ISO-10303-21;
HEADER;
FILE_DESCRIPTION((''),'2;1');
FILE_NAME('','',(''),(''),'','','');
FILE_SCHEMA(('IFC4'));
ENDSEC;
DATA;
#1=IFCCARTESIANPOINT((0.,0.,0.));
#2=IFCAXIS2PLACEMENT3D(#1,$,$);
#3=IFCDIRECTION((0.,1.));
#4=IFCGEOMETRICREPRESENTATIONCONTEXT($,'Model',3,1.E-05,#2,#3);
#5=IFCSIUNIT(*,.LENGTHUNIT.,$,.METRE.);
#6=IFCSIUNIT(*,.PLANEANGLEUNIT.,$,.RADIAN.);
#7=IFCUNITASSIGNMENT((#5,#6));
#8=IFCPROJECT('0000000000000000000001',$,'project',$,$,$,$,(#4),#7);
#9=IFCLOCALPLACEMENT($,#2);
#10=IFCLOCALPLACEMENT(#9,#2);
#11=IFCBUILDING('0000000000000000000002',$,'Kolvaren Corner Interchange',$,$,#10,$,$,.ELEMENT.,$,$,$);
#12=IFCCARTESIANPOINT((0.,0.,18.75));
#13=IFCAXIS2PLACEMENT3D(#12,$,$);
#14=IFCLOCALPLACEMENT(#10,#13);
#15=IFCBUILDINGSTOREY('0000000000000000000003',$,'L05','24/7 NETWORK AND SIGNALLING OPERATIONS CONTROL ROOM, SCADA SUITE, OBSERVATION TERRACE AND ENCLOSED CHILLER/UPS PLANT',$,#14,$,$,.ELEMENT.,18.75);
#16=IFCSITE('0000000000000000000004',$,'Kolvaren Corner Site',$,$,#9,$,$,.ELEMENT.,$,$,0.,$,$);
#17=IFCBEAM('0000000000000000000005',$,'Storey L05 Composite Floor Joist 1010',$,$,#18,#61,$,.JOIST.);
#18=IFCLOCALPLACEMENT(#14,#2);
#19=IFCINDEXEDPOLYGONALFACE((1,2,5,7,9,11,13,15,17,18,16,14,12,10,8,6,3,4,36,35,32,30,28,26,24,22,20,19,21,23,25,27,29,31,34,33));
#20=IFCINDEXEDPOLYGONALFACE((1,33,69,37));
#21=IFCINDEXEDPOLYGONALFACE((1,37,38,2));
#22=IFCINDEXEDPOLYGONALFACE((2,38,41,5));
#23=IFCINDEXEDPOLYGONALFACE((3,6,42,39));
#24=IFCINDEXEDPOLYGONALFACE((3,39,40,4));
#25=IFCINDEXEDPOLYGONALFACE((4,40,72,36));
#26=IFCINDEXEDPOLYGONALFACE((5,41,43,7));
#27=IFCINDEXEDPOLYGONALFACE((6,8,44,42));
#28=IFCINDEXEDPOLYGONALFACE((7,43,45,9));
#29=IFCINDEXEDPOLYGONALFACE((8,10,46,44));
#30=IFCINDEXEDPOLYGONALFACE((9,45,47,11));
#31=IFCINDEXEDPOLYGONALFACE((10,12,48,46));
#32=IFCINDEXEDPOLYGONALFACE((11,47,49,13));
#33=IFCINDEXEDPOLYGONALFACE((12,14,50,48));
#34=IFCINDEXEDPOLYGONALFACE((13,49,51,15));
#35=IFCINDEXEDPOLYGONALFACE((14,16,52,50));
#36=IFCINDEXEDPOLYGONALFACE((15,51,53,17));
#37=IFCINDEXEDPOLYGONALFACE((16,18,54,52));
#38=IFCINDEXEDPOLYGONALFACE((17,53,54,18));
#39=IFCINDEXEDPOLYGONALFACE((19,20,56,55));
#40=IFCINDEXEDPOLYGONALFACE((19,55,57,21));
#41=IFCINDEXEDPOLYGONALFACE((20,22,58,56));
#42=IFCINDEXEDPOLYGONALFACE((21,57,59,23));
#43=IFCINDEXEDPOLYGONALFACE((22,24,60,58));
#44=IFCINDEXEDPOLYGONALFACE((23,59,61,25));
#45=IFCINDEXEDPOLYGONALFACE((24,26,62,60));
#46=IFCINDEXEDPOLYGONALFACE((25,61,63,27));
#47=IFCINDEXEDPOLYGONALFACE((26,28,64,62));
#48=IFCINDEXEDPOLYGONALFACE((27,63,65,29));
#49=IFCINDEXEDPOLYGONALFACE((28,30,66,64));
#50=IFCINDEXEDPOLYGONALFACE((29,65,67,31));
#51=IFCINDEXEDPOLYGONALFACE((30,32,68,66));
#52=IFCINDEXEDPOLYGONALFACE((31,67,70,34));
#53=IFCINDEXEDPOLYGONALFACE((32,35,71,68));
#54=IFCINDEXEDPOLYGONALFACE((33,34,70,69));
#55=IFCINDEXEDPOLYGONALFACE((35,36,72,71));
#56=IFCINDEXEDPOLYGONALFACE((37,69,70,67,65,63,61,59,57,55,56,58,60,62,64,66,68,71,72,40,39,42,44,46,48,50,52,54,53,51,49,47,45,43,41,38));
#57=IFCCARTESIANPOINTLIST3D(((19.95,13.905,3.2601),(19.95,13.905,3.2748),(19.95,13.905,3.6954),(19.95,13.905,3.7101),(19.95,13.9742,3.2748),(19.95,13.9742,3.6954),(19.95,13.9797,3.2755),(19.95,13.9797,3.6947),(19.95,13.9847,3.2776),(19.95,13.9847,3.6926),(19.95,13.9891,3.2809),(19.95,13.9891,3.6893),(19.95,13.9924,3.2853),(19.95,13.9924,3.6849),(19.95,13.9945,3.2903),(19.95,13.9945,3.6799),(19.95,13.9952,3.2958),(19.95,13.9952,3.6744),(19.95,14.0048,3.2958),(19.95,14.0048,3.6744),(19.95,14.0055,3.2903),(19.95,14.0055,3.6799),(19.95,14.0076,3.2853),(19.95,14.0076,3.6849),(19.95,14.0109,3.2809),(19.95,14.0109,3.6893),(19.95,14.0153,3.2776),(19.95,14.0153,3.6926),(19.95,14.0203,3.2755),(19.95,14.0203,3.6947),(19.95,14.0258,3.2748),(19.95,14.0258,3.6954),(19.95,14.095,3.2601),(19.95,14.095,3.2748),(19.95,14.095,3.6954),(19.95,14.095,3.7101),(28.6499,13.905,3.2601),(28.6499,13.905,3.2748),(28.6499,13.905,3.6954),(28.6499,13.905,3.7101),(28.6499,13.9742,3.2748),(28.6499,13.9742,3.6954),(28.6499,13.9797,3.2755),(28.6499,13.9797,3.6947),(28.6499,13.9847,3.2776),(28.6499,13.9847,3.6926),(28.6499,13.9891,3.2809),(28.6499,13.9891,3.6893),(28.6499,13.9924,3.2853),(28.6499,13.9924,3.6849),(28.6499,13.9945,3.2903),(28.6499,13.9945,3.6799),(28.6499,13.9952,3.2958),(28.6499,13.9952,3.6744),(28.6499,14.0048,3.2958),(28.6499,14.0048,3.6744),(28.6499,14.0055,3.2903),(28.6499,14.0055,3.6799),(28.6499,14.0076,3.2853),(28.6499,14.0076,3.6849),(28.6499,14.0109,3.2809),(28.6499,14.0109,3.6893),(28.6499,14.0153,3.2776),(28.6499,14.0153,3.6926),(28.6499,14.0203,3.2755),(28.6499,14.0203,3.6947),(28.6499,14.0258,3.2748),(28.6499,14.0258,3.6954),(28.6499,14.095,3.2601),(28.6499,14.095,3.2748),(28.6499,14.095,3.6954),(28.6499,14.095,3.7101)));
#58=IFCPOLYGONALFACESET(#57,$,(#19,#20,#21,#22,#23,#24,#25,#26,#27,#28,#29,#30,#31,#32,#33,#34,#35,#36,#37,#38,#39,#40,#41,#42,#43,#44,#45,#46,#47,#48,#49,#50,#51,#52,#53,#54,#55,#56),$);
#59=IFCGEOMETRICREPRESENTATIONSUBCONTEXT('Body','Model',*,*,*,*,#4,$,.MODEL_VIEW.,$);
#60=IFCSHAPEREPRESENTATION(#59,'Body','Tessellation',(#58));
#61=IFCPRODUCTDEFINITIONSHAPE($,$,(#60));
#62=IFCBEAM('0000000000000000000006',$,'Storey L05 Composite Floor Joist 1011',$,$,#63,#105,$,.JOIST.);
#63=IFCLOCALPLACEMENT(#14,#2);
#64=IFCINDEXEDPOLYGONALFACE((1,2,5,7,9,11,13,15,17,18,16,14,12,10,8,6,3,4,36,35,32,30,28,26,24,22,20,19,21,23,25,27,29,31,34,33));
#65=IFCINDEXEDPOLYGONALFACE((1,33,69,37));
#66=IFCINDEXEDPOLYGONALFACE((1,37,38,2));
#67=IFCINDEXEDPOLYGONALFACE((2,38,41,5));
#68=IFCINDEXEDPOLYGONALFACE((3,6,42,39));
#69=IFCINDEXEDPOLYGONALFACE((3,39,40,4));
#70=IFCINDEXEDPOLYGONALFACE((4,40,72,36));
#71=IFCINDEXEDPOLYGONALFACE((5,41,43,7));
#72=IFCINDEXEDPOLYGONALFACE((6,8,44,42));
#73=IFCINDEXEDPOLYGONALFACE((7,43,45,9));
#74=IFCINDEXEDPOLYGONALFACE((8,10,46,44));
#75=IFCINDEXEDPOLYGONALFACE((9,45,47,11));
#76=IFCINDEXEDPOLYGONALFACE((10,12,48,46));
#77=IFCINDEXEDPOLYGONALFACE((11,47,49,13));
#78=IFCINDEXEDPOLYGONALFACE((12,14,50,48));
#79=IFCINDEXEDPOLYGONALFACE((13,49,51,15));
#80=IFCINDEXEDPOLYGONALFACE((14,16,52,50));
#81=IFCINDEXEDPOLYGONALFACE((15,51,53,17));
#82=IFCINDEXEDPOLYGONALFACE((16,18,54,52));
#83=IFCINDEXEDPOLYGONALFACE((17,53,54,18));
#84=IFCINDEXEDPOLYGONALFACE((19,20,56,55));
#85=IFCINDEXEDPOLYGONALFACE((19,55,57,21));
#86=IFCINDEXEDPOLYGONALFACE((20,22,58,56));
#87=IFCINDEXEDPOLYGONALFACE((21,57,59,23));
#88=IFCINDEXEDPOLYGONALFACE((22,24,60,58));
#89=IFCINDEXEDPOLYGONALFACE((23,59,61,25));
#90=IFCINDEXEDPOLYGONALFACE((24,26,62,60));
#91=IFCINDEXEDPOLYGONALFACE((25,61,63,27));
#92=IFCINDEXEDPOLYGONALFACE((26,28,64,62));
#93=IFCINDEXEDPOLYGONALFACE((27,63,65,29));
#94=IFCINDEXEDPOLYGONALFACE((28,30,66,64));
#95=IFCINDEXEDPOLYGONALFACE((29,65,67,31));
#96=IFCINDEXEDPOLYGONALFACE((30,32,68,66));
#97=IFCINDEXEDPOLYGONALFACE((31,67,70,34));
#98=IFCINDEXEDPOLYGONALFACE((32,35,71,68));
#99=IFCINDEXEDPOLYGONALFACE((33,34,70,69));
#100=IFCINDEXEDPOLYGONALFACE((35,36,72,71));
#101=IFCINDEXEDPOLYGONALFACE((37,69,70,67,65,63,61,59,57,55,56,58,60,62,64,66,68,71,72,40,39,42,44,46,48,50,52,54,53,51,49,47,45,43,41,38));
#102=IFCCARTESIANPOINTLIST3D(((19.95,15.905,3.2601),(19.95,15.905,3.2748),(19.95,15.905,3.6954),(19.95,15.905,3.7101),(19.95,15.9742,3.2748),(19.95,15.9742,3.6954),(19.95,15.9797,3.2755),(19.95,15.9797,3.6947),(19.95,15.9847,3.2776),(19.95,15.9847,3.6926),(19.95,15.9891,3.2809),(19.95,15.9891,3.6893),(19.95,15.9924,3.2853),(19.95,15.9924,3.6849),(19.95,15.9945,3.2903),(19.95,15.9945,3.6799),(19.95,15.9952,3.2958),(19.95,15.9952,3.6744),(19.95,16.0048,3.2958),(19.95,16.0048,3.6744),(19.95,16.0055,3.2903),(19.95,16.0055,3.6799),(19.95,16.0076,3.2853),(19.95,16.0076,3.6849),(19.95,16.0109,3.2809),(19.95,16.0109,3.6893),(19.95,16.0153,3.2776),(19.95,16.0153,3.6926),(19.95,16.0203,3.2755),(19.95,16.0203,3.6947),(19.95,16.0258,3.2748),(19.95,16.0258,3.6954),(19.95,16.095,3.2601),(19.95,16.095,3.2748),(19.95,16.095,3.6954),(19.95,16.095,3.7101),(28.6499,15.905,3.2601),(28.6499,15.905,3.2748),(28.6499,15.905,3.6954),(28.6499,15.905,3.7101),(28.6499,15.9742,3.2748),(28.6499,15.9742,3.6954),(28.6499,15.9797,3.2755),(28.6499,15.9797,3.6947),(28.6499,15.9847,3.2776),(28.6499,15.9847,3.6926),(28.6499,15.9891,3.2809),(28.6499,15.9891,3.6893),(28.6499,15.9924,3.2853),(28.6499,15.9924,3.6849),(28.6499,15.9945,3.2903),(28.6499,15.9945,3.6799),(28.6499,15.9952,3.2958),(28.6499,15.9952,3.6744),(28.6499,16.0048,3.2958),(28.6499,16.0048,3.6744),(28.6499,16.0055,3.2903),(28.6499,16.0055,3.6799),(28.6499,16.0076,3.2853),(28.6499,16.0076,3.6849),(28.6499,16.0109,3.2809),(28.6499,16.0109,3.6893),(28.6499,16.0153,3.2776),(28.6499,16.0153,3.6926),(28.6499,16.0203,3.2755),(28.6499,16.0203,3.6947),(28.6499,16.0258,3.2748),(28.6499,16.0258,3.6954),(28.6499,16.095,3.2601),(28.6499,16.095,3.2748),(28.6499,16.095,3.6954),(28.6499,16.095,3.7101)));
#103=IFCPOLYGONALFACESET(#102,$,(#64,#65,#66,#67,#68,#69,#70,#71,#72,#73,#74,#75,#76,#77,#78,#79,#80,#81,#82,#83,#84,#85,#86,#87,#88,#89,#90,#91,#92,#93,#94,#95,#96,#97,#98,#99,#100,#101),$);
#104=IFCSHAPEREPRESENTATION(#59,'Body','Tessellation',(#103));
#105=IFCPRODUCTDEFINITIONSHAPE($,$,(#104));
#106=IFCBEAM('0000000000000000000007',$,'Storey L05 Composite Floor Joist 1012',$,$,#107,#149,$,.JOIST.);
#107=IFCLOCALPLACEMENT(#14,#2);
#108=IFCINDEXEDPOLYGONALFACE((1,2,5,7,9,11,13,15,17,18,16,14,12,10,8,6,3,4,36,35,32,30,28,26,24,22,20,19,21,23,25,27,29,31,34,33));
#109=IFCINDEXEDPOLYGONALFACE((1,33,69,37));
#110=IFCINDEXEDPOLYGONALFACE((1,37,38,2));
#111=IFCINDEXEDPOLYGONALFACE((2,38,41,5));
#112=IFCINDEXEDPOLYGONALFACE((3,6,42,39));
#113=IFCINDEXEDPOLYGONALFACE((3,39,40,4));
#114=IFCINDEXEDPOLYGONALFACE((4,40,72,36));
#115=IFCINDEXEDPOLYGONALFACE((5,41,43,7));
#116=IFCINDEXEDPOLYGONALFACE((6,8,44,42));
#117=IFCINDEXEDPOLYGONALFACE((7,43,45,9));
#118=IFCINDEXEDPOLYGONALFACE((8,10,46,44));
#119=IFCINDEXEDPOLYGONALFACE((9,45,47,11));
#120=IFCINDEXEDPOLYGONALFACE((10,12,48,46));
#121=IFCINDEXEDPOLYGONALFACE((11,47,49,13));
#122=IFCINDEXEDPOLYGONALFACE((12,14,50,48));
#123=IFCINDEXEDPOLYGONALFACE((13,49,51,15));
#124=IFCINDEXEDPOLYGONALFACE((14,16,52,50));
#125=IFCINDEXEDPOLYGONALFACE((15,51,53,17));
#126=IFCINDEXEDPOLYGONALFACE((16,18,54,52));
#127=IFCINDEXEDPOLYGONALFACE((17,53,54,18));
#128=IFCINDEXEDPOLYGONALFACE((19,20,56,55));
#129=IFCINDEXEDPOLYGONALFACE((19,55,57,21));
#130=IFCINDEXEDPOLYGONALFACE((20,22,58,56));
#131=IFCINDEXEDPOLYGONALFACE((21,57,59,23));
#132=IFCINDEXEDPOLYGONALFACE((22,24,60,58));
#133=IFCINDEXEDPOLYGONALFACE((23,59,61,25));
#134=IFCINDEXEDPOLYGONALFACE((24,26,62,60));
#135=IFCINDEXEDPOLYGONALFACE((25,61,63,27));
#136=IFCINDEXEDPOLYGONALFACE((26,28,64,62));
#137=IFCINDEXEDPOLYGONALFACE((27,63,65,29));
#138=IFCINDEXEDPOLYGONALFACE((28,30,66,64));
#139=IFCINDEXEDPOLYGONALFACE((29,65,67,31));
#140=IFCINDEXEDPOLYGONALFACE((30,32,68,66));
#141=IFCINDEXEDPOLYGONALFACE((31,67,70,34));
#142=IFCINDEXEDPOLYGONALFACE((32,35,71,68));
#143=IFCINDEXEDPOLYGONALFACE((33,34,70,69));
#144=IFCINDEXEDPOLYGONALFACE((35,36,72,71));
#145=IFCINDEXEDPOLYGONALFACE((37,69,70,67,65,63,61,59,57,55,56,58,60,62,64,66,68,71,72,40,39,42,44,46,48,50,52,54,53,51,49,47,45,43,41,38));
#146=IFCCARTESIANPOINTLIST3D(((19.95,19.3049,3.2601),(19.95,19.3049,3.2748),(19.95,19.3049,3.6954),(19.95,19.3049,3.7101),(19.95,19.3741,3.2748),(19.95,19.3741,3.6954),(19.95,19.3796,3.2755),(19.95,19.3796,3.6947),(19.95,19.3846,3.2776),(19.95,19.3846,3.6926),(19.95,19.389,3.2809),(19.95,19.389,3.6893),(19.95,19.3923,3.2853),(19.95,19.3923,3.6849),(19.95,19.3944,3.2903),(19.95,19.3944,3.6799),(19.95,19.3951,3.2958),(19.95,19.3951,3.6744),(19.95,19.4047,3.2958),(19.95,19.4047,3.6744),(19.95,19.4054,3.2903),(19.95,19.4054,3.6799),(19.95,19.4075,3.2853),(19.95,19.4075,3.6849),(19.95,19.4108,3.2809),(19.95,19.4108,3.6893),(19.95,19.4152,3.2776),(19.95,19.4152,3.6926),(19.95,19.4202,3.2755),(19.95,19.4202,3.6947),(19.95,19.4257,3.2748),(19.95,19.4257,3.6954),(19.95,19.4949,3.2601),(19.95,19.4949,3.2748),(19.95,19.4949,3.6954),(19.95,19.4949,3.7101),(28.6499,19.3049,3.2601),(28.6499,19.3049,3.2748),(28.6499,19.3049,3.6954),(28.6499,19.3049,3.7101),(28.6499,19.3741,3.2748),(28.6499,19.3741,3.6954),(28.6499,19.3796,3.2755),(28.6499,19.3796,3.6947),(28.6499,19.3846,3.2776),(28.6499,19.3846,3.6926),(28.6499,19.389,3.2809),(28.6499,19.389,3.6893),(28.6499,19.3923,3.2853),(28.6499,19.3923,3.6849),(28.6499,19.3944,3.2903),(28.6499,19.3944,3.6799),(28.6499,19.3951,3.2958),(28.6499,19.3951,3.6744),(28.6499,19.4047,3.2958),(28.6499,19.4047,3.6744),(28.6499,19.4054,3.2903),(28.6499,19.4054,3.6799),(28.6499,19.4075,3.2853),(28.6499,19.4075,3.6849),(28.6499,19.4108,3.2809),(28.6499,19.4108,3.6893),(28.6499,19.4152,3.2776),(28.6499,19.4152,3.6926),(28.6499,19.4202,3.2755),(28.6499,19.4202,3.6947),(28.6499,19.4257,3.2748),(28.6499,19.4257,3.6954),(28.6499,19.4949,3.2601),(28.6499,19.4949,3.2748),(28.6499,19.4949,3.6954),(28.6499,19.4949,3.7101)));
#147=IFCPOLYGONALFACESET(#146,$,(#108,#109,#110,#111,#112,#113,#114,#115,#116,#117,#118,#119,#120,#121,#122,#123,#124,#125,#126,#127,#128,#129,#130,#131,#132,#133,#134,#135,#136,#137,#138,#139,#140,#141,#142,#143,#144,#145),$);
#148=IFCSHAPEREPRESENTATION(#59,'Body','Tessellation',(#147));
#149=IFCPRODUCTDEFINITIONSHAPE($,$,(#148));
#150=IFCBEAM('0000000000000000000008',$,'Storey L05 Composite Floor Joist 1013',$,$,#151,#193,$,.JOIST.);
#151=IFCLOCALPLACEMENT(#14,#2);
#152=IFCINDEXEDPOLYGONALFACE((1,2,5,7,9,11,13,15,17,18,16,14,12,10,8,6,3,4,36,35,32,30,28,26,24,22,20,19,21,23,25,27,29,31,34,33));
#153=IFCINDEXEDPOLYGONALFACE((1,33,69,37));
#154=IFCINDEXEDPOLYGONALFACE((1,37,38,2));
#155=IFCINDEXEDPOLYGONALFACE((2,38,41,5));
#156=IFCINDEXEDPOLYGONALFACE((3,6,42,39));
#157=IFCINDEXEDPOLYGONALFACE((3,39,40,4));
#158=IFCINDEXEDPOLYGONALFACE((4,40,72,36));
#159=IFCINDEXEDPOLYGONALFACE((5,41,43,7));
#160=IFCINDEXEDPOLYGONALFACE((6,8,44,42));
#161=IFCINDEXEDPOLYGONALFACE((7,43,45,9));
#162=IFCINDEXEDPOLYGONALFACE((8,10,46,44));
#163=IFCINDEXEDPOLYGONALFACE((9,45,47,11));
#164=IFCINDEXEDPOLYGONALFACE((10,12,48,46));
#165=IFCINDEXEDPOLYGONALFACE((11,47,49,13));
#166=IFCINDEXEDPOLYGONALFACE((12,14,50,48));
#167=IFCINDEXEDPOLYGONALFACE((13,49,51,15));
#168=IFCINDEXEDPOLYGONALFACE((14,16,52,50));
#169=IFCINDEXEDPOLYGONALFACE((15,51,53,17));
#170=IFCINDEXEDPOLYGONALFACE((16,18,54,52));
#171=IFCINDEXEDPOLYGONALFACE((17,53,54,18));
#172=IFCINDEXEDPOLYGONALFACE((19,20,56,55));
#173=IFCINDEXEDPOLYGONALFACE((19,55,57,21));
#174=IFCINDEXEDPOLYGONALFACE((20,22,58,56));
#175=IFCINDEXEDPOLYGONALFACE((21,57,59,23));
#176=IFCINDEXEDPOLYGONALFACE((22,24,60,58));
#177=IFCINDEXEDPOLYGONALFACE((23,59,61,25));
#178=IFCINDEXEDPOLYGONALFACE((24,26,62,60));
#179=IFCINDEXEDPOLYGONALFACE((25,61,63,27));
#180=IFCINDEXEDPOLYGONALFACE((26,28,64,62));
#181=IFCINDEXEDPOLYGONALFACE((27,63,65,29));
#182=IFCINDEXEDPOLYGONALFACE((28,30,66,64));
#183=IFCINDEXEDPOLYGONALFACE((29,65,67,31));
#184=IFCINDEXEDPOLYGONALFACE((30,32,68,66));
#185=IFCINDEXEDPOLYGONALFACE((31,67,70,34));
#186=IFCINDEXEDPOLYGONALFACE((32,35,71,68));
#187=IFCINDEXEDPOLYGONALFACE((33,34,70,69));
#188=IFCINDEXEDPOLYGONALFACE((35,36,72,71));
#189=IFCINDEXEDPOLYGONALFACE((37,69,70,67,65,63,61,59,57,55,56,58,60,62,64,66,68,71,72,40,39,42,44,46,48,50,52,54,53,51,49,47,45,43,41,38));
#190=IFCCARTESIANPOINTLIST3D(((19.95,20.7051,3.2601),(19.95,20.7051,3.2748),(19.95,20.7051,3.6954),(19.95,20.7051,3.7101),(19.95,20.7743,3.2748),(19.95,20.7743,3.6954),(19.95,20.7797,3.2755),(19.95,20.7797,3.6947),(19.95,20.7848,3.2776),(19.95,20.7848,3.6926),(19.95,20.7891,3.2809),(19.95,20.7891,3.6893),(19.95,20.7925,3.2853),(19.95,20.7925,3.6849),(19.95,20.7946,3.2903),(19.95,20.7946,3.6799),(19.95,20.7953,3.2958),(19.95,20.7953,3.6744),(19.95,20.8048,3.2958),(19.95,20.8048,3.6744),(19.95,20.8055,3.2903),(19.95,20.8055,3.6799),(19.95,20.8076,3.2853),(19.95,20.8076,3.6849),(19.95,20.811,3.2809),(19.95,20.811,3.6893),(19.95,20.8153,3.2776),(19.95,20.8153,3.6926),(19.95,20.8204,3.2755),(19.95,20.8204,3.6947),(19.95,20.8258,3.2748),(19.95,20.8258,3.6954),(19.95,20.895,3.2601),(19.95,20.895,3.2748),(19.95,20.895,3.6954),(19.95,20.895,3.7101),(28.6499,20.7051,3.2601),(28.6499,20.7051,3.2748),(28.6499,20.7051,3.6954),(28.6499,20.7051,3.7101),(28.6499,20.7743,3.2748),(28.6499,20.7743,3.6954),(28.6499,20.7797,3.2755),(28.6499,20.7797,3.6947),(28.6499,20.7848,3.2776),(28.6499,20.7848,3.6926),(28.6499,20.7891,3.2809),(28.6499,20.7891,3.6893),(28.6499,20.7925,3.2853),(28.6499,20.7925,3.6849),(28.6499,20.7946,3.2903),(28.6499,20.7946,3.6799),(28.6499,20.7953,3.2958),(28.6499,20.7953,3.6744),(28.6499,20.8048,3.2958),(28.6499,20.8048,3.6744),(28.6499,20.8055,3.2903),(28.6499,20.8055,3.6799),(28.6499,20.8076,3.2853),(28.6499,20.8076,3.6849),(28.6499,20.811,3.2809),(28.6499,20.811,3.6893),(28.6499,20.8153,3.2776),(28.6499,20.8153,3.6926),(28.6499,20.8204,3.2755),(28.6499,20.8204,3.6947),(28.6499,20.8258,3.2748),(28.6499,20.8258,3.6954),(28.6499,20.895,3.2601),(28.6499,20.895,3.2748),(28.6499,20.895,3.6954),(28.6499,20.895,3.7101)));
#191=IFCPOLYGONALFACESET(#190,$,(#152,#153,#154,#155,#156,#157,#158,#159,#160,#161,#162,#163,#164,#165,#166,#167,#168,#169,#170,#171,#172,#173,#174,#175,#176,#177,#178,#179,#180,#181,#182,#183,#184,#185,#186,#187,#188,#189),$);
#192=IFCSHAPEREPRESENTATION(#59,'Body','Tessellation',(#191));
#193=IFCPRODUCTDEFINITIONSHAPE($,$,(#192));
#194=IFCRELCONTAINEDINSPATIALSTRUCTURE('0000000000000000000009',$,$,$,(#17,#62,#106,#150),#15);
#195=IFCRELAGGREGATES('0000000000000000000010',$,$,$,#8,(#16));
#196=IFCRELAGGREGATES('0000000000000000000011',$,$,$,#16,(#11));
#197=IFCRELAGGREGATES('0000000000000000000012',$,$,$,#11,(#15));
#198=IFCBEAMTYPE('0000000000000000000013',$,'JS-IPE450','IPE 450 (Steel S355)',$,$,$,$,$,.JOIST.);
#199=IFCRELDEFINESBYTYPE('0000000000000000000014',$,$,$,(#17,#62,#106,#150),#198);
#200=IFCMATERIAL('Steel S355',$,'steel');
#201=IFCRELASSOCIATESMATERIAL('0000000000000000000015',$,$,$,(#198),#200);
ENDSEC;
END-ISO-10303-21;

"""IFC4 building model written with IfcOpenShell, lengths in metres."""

from ifc_helpers import new_model, si_unit, direction, frame, origin, origin_2d, place, context, subcontext, project, spatial, i_section, extrude, material, material_profile, profile_set, type_object, element, save


model = new_model("IFC4")

# Units and contexts
model_context = context("Model", 3, precision=1e-05, world=origin(), true_north=direction((0.0, 1.0)))
body_context = subcontext(model_context, "Body", "Model", "MODEL_VIEW")
ifc_project = project(units=[si_unit("LENGTHUNIT", "METRE"), si_unit("PLANEANGLEUNIT", "RADIAN")], contexts=[model_context])

# Site, building, storey
site_placement = place(None, origin())
site = spatial("IfcSite", under=ifc_project, at=site_placement, Name="Kolvaren Corner Site", CompositionType="ELEMENT", RefElevation=0.0)
building_placement = place(site_placement, origin())
building = spatial("IfcBuilding", under=site, at=building_placement, Name="Kolvaren Corner Interchange", CompositionType="ELEMENT")
storey_placement = place(building_placement, frame((0.0, 0.0, 18.75)))
storey = spatial("IfcBuildingStorey", under=building, at=storey_placement, Name="L05", Description="24/7 NETWORK AND SIGNALLING OPERATIONS CONTROL ROOM, SCADA SUITE, OBSERVATION TERRACE AND ENCLOSED CHILLER/UPS PLANT", CompositionType="ELEMENT", Elevation=18.75)

# Beams
ifc_material_1 = material(Name="Steel S355", Category="steel")
ifc_material_profile_1 = material_profile(ifc_material_1, i_section(OverallWidth=0.1899, OverallDepth=0.45, WebThickness=0.0095, FlangeThickness=0.0146, FilletRadius=0.021, at=origin_2d()), Name="IPE 450")
ifc_profile_set_1 = profile_set([ifc_material_profile_1], Name="Steel S355")
beam_type_1 = type_object("IfcBeamType", Name="JS-IPE450", Description="IPE 450 (Steel S355)", PredefinedType="JOIST", material=ifc_profile_set_1)
for number, where, z_axis, x_axis, name in (
    (1, (19.95, 14.0, 3.4851), (1.0, 0.0, 0.0), (0.0, 1.0, 0.0), "Storey L05 Composite Floor Joist 1010"),
    (2, (19.95, 16.0, 3.4851), (1.0, 0.0, 0.0), (0.0, 1.0, 0.0), "Storey L05 Composite Floor Joist 1011"),
    (3, (19.95, 19.3999, 3.4851), (1.0, 0.0, 0.0), (0.0, 1.0, 0.0), "Storey L05 Composite Floor Joist 1012"),
    (4, (19.95, 20.8, 3.4851), (1.0, 0.0, 0.0), (0.0, 1.0, 0.0), "Storey L05 Composite Floor Joist 1013"),
):
    element("IfcBeam", number, at=place(storey_placement, frame(where, z_axis=z_axis, x_axis=x_axis)), inside=storey, type_object=beam_type_1, Name=name, PredefinedType="JOIST", context=body_context, shape_type="SweptSolid", body=[
        extrude(i_section(OverallWidth=0.1899, OverallDepth=0.45, WebThickness=0.0095, FlangeThickness=0.0146, FilletRadius=0.021, at=origin_2d()), origin(), (0.0, 0.0, 1.0), 8.7),
    ])

save(model, "model.ifc")
